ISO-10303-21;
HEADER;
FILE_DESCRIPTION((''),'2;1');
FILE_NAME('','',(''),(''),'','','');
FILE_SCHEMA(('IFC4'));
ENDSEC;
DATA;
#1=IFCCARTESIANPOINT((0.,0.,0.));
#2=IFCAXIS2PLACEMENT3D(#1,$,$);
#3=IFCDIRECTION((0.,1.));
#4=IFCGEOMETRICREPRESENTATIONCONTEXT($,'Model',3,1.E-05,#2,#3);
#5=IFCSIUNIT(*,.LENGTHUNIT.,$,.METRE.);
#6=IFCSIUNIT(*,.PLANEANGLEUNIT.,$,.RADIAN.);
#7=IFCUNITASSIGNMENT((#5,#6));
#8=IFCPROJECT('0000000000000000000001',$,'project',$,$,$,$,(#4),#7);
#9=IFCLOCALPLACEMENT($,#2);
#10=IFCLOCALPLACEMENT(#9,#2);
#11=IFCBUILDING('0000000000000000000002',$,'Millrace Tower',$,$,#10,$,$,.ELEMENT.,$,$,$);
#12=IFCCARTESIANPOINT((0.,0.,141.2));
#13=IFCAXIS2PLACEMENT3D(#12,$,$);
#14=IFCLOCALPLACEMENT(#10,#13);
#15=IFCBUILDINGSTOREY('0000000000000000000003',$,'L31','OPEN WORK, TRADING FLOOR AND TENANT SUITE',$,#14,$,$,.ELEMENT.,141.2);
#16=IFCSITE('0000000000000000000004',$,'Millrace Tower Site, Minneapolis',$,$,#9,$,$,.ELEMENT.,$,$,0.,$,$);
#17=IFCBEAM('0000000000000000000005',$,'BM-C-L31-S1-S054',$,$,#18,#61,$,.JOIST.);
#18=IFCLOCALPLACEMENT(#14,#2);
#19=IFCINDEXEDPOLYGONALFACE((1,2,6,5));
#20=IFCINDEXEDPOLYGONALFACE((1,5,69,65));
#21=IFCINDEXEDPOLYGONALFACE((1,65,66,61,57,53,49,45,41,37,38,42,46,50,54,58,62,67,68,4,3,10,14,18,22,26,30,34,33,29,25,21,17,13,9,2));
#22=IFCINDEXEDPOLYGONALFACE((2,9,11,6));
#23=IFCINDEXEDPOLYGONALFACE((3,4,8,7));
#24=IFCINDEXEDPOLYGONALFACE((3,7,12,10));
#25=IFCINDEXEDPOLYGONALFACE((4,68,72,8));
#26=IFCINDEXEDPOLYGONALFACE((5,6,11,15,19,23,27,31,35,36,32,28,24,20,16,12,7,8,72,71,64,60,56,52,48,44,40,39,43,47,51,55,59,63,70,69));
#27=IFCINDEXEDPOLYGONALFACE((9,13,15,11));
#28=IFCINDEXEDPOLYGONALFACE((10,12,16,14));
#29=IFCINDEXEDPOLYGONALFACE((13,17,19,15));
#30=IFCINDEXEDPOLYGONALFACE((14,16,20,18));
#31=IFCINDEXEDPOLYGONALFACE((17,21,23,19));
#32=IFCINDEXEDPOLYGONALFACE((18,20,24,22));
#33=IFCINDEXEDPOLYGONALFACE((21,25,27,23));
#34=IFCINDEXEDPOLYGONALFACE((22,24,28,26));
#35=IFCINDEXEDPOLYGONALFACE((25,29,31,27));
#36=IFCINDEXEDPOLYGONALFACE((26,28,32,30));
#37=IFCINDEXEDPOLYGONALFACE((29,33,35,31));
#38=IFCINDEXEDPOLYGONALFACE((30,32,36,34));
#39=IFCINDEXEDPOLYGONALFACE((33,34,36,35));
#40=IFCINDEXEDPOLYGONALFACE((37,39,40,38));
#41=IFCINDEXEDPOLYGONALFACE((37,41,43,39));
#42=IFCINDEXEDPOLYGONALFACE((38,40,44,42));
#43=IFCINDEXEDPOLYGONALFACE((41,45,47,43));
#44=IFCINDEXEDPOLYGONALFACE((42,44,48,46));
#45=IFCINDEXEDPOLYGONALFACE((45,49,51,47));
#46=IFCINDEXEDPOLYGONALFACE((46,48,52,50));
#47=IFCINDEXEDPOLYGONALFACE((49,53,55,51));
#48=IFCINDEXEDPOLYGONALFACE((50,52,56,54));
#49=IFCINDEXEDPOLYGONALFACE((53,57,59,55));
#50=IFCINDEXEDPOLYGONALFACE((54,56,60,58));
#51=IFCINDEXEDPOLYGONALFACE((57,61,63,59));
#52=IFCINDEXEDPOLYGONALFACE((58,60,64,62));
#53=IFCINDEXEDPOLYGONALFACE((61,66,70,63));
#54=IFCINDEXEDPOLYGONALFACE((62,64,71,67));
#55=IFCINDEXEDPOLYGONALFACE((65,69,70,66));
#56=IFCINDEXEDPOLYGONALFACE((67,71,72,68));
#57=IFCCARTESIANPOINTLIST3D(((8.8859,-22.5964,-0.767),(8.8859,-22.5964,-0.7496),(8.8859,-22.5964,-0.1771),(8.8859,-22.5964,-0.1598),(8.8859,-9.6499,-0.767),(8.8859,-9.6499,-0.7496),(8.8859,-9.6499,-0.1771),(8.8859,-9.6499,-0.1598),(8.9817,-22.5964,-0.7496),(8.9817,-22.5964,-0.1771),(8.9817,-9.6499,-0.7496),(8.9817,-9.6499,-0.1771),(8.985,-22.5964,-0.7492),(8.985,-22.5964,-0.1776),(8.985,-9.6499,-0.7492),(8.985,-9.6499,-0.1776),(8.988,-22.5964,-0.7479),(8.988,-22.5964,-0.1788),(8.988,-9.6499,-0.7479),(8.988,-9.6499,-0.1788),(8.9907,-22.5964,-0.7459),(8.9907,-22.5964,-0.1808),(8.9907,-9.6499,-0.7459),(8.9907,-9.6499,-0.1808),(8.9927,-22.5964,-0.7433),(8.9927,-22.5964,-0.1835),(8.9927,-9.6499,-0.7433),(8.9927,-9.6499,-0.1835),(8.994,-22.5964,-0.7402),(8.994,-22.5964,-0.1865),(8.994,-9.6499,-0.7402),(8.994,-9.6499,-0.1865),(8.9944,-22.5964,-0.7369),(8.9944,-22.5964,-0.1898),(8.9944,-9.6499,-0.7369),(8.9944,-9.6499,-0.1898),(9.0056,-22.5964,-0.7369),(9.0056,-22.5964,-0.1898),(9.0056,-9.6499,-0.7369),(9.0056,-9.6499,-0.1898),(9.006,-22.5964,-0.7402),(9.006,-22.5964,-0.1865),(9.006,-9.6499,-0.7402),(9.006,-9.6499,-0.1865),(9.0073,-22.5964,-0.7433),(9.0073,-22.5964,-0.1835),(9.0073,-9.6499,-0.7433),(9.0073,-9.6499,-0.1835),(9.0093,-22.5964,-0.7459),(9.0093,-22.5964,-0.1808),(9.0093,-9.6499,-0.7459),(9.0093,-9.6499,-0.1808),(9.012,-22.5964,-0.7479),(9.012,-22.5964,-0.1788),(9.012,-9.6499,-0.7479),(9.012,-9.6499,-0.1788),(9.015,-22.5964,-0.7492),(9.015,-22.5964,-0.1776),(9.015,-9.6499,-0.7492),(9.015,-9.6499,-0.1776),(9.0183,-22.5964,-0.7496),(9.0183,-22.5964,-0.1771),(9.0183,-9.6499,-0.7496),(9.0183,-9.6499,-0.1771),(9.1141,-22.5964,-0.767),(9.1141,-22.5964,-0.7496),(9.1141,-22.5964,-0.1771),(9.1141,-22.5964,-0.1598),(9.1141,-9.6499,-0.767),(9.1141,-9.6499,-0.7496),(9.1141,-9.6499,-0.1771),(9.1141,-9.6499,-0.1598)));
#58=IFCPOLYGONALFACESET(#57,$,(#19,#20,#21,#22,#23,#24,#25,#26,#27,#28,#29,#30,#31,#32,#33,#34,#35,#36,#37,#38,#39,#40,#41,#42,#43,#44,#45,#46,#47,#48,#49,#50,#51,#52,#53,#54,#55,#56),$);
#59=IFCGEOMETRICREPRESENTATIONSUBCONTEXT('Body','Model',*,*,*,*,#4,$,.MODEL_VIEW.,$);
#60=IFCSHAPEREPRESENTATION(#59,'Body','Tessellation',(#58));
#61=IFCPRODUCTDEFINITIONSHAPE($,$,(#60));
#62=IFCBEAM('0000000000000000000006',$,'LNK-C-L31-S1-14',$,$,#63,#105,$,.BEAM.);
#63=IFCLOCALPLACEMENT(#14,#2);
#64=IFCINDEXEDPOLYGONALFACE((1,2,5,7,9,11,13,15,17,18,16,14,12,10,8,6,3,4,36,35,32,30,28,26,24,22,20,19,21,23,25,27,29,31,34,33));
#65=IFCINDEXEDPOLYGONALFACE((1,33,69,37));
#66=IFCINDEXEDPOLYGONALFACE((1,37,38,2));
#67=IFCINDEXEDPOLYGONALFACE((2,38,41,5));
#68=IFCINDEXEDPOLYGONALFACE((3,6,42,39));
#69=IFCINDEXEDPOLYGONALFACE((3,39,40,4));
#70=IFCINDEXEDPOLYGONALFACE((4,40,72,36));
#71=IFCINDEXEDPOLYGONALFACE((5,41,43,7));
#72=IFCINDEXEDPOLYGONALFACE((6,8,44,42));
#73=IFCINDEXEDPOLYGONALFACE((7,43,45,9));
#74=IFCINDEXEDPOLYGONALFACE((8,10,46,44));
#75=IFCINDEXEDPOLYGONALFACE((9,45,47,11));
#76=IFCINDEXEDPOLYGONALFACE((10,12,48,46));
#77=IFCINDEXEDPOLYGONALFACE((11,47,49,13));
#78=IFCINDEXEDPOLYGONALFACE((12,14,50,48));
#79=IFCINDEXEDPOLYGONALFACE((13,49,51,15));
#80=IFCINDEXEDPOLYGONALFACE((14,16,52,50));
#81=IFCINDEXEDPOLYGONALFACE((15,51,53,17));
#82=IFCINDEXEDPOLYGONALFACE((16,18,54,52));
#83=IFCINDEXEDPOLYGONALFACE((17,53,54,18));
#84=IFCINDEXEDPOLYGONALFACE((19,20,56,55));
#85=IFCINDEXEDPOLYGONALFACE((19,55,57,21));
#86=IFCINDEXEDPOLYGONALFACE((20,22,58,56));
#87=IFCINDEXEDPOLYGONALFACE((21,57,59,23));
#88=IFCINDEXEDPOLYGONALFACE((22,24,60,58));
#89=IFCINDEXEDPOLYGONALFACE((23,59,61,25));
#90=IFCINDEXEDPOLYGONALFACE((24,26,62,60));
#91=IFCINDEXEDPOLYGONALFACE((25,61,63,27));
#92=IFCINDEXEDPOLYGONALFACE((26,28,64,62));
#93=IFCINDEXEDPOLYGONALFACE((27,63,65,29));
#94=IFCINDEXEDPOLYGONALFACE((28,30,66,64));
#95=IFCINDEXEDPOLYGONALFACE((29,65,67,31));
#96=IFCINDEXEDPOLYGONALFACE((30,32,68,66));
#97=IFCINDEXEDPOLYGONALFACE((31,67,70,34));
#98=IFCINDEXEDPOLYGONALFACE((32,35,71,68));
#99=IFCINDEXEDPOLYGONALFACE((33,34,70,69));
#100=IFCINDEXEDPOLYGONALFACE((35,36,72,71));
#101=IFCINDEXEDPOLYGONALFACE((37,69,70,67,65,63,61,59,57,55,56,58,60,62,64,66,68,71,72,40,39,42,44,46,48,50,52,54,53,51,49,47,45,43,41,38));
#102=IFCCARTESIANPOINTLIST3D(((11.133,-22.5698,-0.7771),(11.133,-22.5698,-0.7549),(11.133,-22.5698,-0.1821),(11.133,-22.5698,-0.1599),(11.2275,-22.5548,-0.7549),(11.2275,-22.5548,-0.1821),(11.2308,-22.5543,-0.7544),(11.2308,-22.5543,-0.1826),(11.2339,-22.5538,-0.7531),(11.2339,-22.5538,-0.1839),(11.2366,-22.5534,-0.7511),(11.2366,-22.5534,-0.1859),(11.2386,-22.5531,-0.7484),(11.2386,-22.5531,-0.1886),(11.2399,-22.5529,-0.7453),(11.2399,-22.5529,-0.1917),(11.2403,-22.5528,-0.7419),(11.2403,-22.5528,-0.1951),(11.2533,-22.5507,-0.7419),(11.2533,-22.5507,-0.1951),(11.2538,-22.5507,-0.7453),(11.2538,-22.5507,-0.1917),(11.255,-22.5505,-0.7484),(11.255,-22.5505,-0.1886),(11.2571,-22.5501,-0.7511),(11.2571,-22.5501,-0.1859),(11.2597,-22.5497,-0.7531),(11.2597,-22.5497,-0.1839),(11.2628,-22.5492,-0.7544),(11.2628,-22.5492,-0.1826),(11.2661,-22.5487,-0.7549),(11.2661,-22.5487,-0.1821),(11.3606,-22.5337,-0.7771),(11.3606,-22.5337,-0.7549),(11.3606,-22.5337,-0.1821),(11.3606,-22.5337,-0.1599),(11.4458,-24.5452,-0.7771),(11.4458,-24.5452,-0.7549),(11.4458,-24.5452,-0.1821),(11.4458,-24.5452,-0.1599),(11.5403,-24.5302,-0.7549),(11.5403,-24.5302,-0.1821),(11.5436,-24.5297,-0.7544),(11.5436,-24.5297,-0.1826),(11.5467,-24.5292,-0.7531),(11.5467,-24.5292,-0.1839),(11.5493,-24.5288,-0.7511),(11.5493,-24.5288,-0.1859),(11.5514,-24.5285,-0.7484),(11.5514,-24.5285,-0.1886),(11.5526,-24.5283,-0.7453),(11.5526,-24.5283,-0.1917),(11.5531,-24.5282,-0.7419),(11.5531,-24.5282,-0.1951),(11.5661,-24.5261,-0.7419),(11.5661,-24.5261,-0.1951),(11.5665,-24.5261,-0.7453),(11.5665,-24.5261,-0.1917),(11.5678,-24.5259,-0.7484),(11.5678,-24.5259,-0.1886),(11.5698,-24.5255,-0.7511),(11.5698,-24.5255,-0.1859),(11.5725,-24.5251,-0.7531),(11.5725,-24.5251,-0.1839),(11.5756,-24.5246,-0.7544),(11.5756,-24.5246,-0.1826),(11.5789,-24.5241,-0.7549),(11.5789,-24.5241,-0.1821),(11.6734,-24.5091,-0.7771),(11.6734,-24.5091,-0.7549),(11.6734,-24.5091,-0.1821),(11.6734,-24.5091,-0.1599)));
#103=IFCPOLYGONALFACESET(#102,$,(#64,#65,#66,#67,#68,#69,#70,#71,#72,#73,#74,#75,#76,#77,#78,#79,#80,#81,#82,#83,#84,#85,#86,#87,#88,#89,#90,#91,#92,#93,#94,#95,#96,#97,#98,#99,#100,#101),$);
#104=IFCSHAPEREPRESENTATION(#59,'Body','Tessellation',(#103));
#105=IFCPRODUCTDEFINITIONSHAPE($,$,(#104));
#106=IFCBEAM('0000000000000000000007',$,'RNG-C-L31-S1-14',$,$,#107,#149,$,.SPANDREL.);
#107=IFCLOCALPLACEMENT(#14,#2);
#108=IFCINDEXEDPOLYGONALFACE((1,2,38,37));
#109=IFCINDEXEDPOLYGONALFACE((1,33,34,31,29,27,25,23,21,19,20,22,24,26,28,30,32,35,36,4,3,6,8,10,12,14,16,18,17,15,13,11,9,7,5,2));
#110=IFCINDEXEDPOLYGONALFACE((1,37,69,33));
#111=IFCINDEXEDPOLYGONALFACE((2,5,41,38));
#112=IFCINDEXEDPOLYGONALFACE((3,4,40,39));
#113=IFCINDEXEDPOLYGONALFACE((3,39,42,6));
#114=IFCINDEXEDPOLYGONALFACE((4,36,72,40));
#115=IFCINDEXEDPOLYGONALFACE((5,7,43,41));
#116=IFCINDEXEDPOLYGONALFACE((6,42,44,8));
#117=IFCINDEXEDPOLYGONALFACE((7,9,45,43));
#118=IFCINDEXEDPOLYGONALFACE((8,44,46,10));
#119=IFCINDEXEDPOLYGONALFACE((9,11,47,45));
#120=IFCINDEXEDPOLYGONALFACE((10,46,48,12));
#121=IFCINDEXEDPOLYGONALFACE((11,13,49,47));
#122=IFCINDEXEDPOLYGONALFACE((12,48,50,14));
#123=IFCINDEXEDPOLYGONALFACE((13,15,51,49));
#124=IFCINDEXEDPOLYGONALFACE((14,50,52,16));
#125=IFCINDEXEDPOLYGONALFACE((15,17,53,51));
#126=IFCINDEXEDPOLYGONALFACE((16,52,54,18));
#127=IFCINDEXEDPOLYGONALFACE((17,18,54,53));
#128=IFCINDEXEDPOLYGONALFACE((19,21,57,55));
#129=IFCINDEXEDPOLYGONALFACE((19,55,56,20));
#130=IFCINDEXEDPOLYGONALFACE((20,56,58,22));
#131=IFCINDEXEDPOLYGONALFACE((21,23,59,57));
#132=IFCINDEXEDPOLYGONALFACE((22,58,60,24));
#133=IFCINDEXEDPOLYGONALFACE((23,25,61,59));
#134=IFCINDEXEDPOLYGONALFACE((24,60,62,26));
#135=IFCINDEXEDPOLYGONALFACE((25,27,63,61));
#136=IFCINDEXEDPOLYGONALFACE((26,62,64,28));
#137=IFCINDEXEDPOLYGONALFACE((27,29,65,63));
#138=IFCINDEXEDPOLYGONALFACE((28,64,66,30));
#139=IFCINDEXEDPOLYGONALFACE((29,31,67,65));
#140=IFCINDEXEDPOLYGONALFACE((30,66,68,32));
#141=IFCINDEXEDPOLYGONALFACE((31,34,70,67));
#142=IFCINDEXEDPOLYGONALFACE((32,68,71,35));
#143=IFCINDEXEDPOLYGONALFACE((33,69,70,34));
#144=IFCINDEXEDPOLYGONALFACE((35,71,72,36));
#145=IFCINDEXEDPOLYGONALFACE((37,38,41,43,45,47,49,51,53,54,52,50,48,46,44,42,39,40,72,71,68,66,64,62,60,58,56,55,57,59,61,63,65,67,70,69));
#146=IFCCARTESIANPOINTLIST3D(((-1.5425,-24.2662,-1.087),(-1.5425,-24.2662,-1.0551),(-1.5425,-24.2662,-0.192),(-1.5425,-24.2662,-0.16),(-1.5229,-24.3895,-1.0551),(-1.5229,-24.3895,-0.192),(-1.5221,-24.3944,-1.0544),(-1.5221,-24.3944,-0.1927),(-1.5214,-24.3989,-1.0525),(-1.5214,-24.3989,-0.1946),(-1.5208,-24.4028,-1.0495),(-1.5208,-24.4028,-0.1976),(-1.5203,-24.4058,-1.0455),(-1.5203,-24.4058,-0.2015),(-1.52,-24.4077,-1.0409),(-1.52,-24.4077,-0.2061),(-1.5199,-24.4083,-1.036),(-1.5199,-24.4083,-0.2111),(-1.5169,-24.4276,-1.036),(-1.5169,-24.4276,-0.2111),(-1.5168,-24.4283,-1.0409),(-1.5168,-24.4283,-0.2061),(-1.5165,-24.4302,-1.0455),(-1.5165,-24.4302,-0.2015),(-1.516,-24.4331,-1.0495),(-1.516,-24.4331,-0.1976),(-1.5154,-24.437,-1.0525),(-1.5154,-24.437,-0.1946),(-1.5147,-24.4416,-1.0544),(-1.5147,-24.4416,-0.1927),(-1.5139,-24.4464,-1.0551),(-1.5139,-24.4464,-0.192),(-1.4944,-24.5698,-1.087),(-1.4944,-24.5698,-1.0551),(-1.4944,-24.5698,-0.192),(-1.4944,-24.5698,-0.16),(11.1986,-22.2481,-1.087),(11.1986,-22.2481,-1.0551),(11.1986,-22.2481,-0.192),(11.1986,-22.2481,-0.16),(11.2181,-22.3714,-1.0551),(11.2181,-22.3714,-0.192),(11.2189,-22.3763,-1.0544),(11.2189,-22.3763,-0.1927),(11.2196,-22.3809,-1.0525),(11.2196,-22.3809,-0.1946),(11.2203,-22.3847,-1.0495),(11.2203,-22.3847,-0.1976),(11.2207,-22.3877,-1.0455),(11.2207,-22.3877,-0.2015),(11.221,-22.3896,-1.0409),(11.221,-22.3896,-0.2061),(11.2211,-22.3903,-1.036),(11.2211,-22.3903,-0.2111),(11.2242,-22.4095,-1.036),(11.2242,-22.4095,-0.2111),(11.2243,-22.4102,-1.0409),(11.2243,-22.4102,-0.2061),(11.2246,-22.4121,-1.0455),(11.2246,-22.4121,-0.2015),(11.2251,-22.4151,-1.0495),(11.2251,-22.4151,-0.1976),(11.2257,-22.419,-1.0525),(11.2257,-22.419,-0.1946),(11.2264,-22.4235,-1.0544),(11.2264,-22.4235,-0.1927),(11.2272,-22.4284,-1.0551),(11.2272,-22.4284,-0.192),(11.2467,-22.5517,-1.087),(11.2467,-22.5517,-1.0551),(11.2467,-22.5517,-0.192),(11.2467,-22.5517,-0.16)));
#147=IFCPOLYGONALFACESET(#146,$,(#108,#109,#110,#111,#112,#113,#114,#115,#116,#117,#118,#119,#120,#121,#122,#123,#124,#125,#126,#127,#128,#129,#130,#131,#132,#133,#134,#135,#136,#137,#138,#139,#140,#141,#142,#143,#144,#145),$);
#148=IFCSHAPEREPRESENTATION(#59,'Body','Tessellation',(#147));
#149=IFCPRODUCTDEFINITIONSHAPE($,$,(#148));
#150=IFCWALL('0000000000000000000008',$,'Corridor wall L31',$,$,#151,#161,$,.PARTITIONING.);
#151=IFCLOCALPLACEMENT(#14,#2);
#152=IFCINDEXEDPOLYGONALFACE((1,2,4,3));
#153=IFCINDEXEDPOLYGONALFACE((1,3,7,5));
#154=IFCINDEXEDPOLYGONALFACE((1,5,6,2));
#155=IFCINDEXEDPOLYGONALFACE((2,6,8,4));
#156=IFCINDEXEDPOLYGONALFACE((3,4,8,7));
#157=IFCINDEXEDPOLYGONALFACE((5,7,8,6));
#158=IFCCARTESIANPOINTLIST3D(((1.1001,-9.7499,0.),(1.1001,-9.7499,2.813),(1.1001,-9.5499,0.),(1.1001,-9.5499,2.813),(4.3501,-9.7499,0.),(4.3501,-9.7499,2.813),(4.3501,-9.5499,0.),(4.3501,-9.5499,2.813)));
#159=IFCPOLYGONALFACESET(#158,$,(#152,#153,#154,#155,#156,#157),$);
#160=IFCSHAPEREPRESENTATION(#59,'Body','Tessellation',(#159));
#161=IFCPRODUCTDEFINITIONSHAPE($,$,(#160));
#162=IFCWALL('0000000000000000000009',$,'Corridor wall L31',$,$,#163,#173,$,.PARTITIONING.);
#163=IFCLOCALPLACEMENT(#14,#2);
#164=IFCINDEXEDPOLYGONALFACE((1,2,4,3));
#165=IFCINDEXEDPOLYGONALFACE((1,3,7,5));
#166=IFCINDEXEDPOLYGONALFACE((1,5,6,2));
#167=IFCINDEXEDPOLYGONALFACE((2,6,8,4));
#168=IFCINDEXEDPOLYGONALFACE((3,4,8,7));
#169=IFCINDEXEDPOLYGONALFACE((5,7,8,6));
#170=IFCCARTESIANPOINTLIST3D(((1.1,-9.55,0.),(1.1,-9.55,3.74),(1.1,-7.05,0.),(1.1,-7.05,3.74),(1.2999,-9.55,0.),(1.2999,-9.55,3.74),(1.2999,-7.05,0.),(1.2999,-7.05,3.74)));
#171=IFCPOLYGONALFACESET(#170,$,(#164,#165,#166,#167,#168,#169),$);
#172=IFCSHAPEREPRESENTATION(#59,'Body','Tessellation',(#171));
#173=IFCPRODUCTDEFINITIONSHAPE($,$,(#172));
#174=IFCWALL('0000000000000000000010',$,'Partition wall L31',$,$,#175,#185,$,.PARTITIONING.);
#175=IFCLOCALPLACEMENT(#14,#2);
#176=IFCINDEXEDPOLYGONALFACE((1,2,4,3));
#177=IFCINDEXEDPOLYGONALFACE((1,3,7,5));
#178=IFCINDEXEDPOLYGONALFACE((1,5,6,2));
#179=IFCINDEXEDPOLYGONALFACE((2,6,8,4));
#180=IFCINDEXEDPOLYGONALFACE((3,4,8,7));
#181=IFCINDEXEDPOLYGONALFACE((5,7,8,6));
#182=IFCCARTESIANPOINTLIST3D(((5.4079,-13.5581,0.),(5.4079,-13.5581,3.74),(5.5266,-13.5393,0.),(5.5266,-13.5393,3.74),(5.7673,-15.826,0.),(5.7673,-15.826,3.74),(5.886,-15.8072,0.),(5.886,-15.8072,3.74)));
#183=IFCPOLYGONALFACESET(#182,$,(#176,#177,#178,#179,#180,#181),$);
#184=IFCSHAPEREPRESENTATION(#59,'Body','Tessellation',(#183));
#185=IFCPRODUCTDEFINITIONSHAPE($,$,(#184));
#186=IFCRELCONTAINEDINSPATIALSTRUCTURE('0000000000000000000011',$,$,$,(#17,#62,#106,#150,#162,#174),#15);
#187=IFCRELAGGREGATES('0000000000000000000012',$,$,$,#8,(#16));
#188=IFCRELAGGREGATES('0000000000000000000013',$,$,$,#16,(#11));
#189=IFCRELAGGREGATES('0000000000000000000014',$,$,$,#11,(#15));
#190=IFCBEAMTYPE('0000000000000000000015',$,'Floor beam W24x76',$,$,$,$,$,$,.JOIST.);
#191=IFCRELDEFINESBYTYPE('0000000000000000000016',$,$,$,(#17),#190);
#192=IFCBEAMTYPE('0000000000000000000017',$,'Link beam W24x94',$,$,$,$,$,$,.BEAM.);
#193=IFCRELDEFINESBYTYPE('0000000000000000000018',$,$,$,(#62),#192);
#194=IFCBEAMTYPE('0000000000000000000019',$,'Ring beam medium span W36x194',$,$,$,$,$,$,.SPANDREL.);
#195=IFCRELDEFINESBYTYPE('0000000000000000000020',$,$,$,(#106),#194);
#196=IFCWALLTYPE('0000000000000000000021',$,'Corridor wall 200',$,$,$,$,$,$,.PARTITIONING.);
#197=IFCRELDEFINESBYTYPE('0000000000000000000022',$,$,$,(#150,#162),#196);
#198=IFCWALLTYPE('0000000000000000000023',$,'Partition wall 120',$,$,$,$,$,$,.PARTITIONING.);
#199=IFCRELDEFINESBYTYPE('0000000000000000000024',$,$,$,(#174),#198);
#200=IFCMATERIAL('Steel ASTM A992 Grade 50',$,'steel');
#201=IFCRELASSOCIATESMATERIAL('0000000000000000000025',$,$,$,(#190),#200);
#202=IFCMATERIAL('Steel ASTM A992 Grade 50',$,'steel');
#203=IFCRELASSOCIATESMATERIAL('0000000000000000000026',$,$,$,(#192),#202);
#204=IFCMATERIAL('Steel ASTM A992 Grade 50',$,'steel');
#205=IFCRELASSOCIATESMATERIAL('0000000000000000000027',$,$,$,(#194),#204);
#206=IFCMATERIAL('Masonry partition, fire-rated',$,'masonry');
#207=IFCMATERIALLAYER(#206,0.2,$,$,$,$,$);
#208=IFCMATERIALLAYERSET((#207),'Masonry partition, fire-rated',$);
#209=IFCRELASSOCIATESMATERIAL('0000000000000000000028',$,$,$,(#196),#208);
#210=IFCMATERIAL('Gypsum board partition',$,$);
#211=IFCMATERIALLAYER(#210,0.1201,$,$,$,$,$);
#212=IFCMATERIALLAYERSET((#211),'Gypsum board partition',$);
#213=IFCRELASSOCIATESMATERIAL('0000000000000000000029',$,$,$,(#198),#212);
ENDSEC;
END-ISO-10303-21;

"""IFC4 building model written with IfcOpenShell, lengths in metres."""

from ifc_helpers import new_model, si_unit, direction, frame, frame_2d, origin, origin_2d, place, context, subcontext, project, spatial, rectangle, i_section, extrude, material, layer, layer_set, material_profile, profile_set, type_object, element, save


model = new_model("IFC4")

# Units and contexts
model_context = context("Model", 3, precision=1e-05, world=origin(), true_north=direction((0.0, 1.0)))
body_context = subcontext(model_context, "Body", "Model", "MODEL_VIEW")
ifc_project = project(units=[si_unit("LENGTHUNIT", "METRE"), si_unit("PLANEANGLEUNIT", "RADIAN")], contexts=[model_context])

# Site, building, storey
site_placement = place(None, origin())
site = spatial("IfcSite", under=ifc_project, at=site_placement, Name="Millrace Tower Site, Minneapolis", CompositionType="ELEMENT", RefElevation=0.0)
building_placement = place(site_placement, origin())
building = spatial("IfcBuilding", under=site, at=building_placement, Name="Millrace Tower", CompositionType="ELEMENT")
storey_placement = place(building_placement, frame((0.0, 0.0, 141.2)))
storey = spatial("IfcBuildingStorey", under=building, at=storey_placement, Name="L31", Description="OPEN WORK, TRADING FLOOR AND TENANT SUITE", CompositionType="ELEMENT", Elevation=141.2)

# Beams
ifc_material_1 = material(Name="Steel ASTM A992 Grade 50", Category="steel")
ifc_material_profile_1 = material_profile(ifc_material_1, i_section(OverallWidth=0.2283, OverallDepth=0.6072, WebThickness=0.0112, FlangeThickness=0.0173, FilletRadius=0.0127, at=origin_2d()))
ifc_profile_set_1 = profile_set([ifc_material_profile_1], Name="Steel ASTM A992 Grade 50")
beam_type_1 = type_object("IfcBeamType", Name="Floor beam W24x76", PredefinedType="JOIST", material=ifc_profile_set_1)
beam_1_placement = place(storey_placement, frame((9.0, -22.5964, -0.4634), z_axis=(0.0, 1.0, 0.0), x_axis=(-1.0, 0.0, 0.0)))
element("IfcBeam", 1, at=beam_1_placement, inside=storey, type_object=beam_type_1, Name="BM-C-L31-S1-S054", PredefinedType="JOIST", context=body_context, shape_type="SweptSolid", body=[
    extrude(i_section(OverallWidth=0.2283, OverallDepth=0.6072, WebThickness=0.0112, FlangeThickness=0.0173, FilletRadius=0.0127, at=origin_2d()), origin(), (0.0, 0.0, 1.0), 12.9465),
])
ifc_material_2 = material(Name="Steel ASTM A992 Grade 50", Category="steel")
ifc_material_profile_2 = material_profile(ifc_material_2, i_section(OverallWidth=0.2305, OverallDepth=0.6172, WebThickness=0.0132, FlangeThickness=0.0222, FilletRadius=0.0129, at=origin_2d()))
ifc_profile_set_2 = profile_set([ifc_material_profile_2], Name="Steel ASTM A992 Grade 50")
beam_type_2 = type_object("IfcBeamType", Name="Link beam W24x94", PredefinedType="BEAM", material=ifc_profile_set_2)
beam_2_placement = place(storey_placement, frame((11.2468, -22.5518, -0.4685), z_axis=(0.156376, -0.987698, 0.0), x_axis=(0.987698, 0.156376, 0.0)))
element("IfcBeam", 2, at=beam_2_placement, inside=storey, type_object=beam_type_2, Name="LNK-C-L31-S1-14", PredefinedType="BEAM", context=body_context, shape_type="SweptSolid", body=[
    extrude(i_section(OverallWidth=0.2305, OverallDepth=0.6172, WebThickness=0.0132, FlangeThickness=0.0222, FilletRadius=0.0129, at=origin_2d()), origin(), (0.0, 0.0, 1.0), 2.0),
])
ifc_material_3 = material(Name="Steel ASTM A992 Grade 50", Category="steel")
ifc_material_profile_3 = material_profile(ifc_material_3, i_section(OverallWidth=0.3074, OverallDepth=0.927, WebThickness=0.0195, FlangeThickness=0.032, FilletRadius=0.019, at=origin_2d()))
ifc_profile_set_3 = profile_set([ifc_material_profile_3], Name="Steel ASTM A992 Grade 50")
beam_type_3 = type_object("IfcBeamType", Name="Ring beam medium span W36x194", PredefinedType="SPANDREL", material=ifc_profile_set_3)
beam_3_placement = place(storey_placement, frame((11.2227, -22.3999, -0.6235), z_axis=(-0.987687, -0.156442, 0.0), x_axis=(0.156442, -0.987687, 0.0)))
element("IfcBeam", 3, at=beam_3_placement, inside=storey, type_object=beam_type_3, Name="RNG-C-L31-S1-14", PredefinedType="SPANDREL", context=body_context, shape_type="SweptSolid", body=[
    extrude(i_section(OverallWidth=0.3074, OverallDepth=0.927, WebThickness=0.0195, FlangeThickness=0.032, FilletRadius=0.019, at=origin_2d()), origin(), (0.0, 0.0, 1.0), 12.8999),
])

# Walls
ifc_material_4 = material(Name="Masonry partition, fire-rated", Category="masonry")
ifc_layer_1 = layer(ifc_material_4, 0.2)
ifc_layer_set_1 = layer_set([ifc_layer_1], Name="Masonry partition, fire-rated")
wall_type_1 = type_object("IfcWallType", Name="Corridor wall 200", PredefinedType="PARTITIONING", material=ifc_layer_set_1)
wall_1_placement = place(storey_placement, frame((1.1001, -9.6499, 0.0), z_axis=(0.0, 0.0, 1.0), x_axis=(1.0, 0.0, 0.0)))
element("IfcWall", 4, at=wall_1_placement, inside=storey, type_object=wall_type_1, Name="Corridor wall L31", PredefinedType="PARTITIONING", context=body_context, shape_type="SweptSolid", body=[
    extrude(rectangle(XDim=3.25, YDim=0.2, at=frame_2d((1.625, 0.0))), origin(), (0.0, 0.0, 1.0), 2.813),
])
wall_2_placement = place(storey_placement, frame((1.2, -9.55, 0.0), z_axis=(0.0, 0.0, 1.0), x_axis=(0.0, 1.0, 0.0)))
element("IfcWall", 5, at=wall_2_placement, inside=storey, type_object=wall_type_1, Name="Corridor wall L31", PredefinedType="PARTITIONING", context=body_context, shape_type="SweptSolid", body=[
    extrude(rectangle(XDim=2.5, YDim=0.2, at=frame_2d((1.25, 0.0))), origin(), (0.0, 0.0, 1.0), 3.74),
])
ifc_material_5 = material(Name="Gypsum board partition")
ifc_layer_2 = layer(ifc_material_5, 0.1201)
ifc_layer_set_2 = layer_set([ifc_layer_2], Name="Gypsum board partition")
wall_type_2 = type_object("IfcWallType", Name="Partition wall 120", PredefinedType="PARTITIONING", material=ifc_layer_set_2)
wall_3_placement = place(storey_placement, frame((5.4673, -13.5488, 0.0), z_axis=(0.0, 0.0, 1.0), x_axis=(0.156514, -0.987676, 0.0)))
element("IfcWall", 6, at=wall_3_placement, inside=storey, type_object=wall_type_2, Name="Partition wall L31", PredefinedType="PARTITIONING", context=body_context, shape_type="SweptSolid", body=[
    extrude(rectangle(XDim=2.2961, YDim=0.1201, at=frame_2d((1.1479, 0.0))), origin(), (0.0, 0.0, 1.0), 3.74),
])

save(model, "model.ifc")
